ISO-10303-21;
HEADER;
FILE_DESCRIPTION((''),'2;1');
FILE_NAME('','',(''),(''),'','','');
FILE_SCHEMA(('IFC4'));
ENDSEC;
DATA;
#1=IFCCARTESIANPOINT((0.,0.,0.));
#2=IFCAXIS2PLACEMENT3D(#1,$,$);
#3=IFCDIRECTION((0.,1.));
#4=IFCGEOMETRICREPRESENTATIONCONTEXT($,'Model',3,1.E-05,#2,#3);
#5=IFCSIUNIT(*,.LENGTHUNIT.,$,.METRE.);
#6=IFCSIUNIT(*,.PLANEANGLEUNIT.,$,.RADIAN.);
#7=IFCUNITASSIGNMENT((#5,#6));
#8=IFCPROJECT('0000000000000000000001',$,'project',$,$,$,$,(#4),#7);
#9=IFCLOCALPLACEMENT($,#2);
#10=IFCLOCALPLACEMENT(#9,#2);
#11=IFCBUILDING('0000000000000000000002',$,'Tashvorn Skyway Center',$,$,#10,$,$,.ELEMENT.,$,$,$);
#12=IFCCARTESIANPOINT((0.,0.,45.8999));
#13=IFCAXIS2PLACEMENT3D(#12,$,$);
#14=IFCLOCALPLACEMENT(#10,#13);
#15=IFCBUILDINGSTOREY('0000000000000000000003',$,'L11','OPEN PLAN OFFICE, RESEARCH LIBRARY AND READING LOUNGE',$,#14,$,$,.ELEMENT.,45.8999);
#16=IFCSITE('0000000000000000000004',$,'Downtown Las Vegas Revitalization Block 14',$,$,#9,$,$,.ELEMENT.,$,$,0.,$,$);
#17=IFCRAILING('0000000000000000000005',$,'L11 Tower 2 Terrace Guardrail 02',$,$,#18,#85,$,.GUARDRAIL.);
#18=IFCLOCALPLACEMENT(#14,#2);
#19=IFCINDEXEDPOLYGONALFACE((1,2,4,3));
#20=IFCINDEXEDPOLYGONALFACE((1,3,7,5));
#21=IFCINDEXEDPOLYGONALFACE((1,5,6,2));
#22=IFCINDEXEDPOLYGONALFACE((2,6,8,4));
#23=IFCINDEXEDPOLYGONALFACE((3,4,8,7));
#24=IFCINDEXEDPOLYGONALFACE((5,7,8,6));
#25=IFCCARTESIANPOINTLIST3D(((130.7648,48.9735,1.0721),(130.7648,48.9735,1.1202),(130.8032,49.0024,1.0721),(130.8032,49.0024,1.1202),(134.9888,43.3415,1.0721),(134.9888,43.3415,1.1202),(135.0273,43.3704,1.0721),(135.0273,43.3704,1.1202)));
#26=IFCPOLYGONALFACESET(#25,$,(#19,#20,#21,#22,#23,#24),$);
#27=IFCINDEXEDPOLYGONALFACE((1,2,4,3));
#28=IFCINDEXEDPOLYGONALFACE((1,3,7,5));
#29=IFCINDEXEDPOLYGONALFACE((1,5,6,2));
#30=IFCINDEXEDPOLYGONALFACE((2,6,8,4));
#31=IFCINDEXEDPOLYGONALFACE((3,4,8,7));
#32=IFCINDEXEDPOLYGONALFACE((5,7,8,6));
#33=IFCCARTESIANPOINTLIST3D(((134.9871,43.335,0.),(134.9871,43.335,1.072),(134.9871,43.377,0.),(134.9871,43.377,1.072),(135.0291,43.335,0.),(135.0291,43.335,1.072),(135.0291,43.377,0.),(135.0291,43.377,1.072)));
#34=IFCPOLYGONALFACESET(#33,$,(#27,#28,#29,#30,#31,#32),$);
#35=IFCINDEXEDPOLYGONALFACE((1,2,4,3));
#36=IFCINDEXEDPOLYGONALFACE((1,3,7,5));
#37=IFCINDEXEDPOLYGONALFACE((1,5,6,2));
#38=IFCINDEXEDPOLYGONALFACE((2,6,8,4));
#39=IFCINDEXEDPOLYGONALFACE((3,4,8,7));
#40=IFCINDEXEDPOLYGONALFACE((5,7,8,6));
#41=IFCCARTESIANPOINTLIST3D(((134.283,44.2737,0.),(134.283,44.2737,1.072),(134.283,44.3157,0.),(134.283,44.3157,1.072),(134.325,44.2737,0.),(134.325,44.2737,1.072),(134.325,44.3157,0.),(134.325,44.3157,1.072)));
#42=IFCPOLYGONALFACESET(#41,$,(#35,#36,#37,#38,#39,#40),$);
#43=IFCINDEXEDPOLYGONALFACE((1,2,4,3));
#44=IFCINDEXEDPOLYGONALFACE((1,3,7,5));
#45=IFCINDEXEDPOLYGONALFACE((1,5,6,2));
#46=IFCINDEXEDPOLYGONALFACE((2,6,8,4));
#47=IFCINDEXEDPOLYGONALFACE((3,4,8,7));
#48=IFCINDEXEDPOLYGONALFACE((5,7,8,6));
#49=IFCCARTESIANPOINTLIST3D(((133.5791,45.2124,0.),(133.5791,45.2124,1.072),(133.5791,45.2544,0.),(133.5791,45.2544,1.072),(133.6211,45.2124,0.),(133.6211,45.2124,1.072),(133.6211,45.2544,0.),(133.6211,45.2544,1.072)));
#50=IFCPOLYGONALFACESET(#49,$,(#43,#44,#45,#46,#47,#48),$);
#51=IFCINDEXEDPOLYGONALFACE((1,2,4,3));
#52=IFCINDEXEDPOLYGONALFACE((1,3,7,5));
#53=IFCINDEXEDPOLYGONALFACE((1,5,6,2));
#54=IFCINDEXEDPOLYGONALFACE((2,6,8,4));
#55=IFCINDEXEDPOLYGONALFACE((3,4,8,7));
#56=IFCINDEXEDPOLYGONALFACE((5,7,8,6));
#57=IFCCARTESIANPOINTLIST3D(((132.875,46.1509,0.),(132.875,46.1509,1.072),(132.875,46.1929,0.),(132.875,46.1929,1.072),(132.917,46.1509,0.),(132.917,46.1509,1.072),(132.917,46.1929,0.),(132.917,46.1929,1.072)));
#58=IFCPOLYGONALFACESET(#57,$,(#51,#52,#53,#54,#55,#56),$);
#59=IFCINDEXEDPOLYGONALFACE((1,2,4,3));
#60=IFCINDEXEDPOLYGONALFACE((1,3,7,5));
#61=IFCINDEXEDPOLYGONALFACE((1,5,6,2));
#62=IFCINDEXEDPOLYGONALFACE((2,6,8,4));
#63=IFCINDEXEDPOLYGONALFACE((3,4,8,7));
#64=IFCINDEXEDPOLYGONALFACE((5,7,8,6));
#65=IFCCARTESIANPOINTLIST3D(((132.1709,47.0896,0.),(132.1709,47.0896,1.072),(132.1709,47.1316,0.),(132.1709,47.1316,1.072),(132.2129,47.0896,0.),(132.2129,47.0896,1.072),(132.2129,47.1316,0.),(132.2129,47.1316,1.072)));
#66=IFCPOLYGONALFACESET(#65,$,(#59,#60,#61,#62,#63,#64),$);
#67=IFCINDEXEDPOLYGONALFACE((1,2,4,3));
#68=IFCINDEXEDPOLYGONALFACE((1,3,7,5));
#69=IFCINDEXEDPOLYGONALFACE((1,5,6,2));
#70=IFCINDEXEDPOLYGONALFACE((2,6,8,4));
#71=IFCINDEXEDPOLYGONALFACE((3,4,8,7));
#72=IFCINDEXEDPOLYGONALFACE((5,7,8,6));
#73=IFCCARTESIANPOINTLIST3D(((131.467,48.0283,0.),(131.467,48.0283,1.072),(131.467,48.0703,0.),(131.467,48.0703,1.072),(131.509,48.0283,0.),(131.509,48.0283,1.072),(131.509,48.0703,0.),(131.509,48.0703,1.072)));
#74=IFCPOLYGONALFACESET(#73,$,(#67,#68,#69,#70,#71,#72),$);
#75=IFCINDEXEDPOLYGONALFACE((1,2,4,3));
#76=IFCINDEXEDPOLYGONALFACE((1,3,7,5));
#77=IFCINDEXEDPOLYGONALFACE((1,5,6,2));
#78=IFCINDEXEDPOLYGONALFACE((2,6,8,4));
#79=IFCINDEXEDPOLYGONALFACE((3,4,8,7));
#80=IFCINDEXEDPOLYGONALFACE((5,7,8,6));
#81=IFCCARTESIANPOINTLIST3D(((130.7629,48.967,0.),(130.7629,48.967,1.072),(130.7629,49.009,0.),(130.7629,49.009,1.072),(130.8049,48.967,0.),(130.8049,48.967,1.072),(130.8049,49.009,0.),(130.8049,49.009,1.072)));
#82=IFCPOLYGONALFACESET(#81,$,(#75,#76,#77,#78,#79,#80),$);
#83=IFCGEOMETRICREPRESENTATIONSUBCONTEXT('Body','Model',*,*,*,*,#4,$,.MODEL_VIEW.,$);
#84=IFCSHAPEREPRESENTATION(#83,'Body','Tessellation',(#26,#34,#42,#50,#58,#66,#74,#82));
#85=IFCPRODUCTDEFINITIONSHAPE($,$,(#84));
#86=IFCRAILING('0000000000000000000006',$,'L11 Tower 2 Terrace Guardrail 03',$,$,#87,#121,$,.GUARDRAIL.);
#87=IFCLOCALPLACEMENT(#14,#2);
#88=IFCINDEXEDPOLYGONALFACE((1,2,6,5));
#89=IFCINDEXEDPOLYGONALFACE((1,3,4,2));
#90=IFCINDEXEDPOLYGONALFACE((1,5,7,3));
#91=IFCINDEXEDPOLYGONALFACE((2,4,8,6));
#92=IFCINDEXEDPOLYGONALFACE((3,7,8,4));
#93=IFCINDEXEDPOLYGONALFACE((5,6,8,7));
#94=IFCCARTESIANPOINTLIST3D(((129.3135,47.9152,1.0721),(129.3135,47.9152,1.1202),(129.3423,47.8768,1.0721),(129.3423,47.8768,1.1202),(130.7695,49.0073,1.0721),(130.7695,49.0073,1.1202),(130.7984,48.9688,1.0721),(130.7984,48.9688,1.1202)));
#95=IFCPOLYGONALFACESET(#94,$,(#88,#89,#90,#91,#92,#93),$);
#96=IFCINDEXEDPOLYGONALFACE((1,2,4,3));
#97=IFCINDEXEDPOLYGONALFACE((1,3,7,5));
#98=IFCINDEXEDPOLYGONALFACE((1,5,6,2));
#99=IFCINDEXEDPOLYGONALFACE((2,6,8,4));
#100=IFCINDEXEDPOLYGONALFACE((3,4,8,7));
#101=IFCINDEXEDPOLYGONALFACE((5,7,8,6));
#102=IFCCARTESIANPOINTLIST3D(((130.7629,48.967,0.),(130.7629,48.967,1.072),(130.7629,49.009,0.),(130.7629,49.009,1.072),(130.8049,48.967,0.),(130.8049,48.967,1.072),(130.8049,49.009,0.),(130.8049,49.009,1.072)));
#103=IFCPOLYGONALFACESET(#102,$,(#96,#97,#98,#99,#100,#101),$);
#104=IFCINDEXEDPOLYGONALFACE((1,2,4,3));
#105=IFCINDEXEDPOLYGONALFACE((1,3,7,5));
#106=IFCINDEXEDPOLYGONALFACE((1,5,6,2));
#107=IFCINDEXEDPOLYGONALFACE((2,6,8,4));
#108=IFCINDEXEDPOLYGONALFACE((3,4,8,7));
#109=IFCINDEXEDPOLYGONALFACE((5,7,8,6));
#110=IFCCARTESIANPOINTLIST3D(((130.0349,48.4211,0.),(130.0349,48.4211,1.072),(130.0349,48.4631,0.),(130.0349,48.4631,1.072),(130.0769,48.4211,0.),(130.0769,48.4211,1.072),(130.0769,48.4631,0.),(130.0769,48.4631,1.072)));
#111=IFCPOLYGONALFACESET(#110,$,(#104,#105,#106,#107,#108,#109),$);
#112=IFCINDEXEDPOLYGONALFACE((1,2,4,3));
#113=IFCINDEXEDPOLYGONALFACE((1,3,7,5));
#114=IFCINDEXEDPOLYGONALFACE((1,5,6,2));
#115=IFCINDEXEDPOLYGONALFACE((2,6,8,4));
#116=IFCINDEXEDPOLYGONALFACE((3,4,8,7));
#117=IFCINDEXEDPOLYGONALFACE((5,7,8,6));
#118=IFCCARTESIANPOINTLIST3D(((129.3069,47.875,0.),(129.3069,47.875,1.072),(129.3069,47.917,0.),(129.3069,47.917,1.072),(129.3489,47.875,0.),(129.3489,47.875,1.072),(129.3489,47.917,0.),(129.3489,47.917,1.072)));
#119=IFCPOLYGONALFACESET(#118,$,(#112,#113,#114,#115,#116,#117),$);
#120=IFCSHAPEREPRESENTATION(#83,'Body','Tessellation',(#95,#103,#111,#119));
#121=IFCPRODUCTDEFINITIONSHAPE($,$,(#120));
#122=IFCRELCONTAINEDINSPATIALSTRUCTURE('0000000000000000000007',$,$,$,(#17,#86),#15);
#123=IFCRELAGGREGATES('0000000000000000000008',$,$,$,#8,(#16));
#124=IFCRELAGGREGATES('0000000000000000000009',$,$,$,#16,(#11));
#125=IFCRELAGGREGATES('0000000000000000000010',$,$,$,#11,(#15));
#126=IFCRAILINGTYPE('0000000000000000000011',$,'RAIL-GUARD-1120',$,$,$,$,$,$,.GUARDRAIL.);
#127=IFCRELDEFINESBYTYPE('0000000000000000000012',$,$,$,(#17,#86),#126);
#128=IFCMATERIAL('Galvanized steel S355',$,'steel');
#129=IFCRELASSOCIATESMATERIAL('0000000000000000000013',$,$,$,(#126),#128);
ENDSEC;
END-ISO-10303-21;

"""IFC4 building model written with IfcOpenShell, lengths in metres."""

from ifc_helpers import new_model, si_unit, direction, frame, origin, origin_2d, place, context, subcontext, project, spatial, rectangle, extrude, material, type_object, element, save


model = new_model("IFC4")

# Units and contexts
model_context = context("Model", 3, precision=1e-05, world=origin(), true_north=direction((0.0, 1.0)))
body_context = subcontext(model_context, "Body", "Model", "MODEL_VIEW")
ifc_project = project(units=[si_unit("LENGTHUNIT", "METRE"), si_unit("PLANEANGLEUNIT", "RADIAN")], contexts=[model_context])

# Site, building, storey
site_placement = place(None, origin())
site = spatial("IfcSite", under=ifc_project, at=site_placement, Name="Downtown Las Vegas Revitalization Block 14", CompositionType="ELEMENT", RefElevation=0.0)
building_placement = place(site_placement, origin())
building = spatial("IfcBuilding", under=site, at=building_placement, Name="Tashvorn Skyway Center", CompositionType="ELEMENT")
storey_placement = place(building_placement, frame((0.0, 0.0, 45.8999)))
storey = spatial("IfcBuildingStorey", under=building, at=storey_placement, Name="L11", Description="OPEN PLAN OFFICE, RESEARCH LIBRARY AND READING LOUNGE", CompositionType="ELEMENT", Elevation=45.8999)

# Railings
ifc_material_1 = material(Name="Galvanized steel S355", Category="steel")
railing_type = type_object("IfcRailingType", Name="RAIL-GUARD-1120", PredefinedType="GUARDRAIL", material=ifc_material_1)
railing_1_placement = place(storey_placement, frame((135.0081, 43.356, 0.0)))
element("IfcRailing", 1, at=railing_1_placement, inside=storey, type_object=railing_type, Name="L11 Tower 2 Terrace Guardrail 02", PredefinedType="GUARDRAIL", context=body_context, shape_type="SweptSolid", body=[
    extrude(rectangle(XDim=0.0481, YDim=0.0481, at=origin_2d()), frame((0.0, 0.0, 1.0962), z_axis=(-0.600006, 0.799996, 0.0), x_axis=(-0.799996, -0.600006, 0.0)), (0.0, 0.0, 1.0), 7.04),
    extrude(rectangle(XDim=0.042, YDim=0.042, at=origin_2d()), origin(), (0.0, 0.0, 1.0), 1.072),
    extrude(rectangle(XDim=0.042, YDim=0.042, at=origin_2d()), frame((-0.7041, 0.9387, 0.0)), (0.0, 0.0, 1.0), 1.072),
    extrude(rectangle(XDim=0.042, YDim=0.042, at=origin_2d()), frame((-1.408, 1.8774, 0.0)), (0.0, 0.0, 1.0), 1.072),
    extrude(rectangle(XDim=0.042, YDim=0.042, at=origin_2d()), frame((-2.1121, 2.8159, 0.0)), (0.0, 0.0, 1.0), 1.072),
    extrude(rectangle(XDim=0.042, YDim=0.042, at=origin_2d()), frame((-2.8162, 3.7546, 0.0)), (0.0, 0.0, 1.0), 1.072),
    extrude(rectangle(XDim=0.042, YDim=0.042, at=origin_2d()), frame((-3.52, 4.6934, 0.0)), (0.0, 0.0, 1.0), 1.072),
    extrude(rectangle(XDim=0.042, YDim=0.042, at=origin_2d()), frame((-4.2241, 5.6321, 0.0)), (0.0, 0.0, 1.0), 1.072),
])
railing_2_placement = place(storey_placement, frame((130.7839, 48.988, 0.0)))
element("IfcRailing", 2, at=railing_2_placement, inside=storey, type_object=railing_type, Name="L11 Tower 2 Terrace Guardrail 03", PredefinedType="GUARDRAIL", context=body_context, shape_type="SweptSolid", body=[
    extrude(rectangle(XDim=0.0481, YDim=0.0481, at=origin_2d()), frame((0.0, 0.0, 1.0962), z_axis=(-0.8, -0.6, 0.0), x_axis=(0.6, -0.8, 0.0)), (0.0, 0.0, 1.0), 1.8201),
    extrude(rectangle(XDim=0.042, YDim=0.042, at=origin_2d()), origin(), (0.0, 0.0, 1.0), 1.072),
    extrude(rectangle(XDim=0.042, YDim=0.042, at=origin_2d()), frame((-0.728, -0.5459, 0.0)), (0.0, 0.0, 1.0), 1.072),
    extrude(rectangle(XDim=0.042, YDim=0.042, at=origin_2d()), frame((-1.4561, -1.092, 0.0)), (0.0, 0.0, 1.0), 1.072),
])

save(model, "model.ifc")
